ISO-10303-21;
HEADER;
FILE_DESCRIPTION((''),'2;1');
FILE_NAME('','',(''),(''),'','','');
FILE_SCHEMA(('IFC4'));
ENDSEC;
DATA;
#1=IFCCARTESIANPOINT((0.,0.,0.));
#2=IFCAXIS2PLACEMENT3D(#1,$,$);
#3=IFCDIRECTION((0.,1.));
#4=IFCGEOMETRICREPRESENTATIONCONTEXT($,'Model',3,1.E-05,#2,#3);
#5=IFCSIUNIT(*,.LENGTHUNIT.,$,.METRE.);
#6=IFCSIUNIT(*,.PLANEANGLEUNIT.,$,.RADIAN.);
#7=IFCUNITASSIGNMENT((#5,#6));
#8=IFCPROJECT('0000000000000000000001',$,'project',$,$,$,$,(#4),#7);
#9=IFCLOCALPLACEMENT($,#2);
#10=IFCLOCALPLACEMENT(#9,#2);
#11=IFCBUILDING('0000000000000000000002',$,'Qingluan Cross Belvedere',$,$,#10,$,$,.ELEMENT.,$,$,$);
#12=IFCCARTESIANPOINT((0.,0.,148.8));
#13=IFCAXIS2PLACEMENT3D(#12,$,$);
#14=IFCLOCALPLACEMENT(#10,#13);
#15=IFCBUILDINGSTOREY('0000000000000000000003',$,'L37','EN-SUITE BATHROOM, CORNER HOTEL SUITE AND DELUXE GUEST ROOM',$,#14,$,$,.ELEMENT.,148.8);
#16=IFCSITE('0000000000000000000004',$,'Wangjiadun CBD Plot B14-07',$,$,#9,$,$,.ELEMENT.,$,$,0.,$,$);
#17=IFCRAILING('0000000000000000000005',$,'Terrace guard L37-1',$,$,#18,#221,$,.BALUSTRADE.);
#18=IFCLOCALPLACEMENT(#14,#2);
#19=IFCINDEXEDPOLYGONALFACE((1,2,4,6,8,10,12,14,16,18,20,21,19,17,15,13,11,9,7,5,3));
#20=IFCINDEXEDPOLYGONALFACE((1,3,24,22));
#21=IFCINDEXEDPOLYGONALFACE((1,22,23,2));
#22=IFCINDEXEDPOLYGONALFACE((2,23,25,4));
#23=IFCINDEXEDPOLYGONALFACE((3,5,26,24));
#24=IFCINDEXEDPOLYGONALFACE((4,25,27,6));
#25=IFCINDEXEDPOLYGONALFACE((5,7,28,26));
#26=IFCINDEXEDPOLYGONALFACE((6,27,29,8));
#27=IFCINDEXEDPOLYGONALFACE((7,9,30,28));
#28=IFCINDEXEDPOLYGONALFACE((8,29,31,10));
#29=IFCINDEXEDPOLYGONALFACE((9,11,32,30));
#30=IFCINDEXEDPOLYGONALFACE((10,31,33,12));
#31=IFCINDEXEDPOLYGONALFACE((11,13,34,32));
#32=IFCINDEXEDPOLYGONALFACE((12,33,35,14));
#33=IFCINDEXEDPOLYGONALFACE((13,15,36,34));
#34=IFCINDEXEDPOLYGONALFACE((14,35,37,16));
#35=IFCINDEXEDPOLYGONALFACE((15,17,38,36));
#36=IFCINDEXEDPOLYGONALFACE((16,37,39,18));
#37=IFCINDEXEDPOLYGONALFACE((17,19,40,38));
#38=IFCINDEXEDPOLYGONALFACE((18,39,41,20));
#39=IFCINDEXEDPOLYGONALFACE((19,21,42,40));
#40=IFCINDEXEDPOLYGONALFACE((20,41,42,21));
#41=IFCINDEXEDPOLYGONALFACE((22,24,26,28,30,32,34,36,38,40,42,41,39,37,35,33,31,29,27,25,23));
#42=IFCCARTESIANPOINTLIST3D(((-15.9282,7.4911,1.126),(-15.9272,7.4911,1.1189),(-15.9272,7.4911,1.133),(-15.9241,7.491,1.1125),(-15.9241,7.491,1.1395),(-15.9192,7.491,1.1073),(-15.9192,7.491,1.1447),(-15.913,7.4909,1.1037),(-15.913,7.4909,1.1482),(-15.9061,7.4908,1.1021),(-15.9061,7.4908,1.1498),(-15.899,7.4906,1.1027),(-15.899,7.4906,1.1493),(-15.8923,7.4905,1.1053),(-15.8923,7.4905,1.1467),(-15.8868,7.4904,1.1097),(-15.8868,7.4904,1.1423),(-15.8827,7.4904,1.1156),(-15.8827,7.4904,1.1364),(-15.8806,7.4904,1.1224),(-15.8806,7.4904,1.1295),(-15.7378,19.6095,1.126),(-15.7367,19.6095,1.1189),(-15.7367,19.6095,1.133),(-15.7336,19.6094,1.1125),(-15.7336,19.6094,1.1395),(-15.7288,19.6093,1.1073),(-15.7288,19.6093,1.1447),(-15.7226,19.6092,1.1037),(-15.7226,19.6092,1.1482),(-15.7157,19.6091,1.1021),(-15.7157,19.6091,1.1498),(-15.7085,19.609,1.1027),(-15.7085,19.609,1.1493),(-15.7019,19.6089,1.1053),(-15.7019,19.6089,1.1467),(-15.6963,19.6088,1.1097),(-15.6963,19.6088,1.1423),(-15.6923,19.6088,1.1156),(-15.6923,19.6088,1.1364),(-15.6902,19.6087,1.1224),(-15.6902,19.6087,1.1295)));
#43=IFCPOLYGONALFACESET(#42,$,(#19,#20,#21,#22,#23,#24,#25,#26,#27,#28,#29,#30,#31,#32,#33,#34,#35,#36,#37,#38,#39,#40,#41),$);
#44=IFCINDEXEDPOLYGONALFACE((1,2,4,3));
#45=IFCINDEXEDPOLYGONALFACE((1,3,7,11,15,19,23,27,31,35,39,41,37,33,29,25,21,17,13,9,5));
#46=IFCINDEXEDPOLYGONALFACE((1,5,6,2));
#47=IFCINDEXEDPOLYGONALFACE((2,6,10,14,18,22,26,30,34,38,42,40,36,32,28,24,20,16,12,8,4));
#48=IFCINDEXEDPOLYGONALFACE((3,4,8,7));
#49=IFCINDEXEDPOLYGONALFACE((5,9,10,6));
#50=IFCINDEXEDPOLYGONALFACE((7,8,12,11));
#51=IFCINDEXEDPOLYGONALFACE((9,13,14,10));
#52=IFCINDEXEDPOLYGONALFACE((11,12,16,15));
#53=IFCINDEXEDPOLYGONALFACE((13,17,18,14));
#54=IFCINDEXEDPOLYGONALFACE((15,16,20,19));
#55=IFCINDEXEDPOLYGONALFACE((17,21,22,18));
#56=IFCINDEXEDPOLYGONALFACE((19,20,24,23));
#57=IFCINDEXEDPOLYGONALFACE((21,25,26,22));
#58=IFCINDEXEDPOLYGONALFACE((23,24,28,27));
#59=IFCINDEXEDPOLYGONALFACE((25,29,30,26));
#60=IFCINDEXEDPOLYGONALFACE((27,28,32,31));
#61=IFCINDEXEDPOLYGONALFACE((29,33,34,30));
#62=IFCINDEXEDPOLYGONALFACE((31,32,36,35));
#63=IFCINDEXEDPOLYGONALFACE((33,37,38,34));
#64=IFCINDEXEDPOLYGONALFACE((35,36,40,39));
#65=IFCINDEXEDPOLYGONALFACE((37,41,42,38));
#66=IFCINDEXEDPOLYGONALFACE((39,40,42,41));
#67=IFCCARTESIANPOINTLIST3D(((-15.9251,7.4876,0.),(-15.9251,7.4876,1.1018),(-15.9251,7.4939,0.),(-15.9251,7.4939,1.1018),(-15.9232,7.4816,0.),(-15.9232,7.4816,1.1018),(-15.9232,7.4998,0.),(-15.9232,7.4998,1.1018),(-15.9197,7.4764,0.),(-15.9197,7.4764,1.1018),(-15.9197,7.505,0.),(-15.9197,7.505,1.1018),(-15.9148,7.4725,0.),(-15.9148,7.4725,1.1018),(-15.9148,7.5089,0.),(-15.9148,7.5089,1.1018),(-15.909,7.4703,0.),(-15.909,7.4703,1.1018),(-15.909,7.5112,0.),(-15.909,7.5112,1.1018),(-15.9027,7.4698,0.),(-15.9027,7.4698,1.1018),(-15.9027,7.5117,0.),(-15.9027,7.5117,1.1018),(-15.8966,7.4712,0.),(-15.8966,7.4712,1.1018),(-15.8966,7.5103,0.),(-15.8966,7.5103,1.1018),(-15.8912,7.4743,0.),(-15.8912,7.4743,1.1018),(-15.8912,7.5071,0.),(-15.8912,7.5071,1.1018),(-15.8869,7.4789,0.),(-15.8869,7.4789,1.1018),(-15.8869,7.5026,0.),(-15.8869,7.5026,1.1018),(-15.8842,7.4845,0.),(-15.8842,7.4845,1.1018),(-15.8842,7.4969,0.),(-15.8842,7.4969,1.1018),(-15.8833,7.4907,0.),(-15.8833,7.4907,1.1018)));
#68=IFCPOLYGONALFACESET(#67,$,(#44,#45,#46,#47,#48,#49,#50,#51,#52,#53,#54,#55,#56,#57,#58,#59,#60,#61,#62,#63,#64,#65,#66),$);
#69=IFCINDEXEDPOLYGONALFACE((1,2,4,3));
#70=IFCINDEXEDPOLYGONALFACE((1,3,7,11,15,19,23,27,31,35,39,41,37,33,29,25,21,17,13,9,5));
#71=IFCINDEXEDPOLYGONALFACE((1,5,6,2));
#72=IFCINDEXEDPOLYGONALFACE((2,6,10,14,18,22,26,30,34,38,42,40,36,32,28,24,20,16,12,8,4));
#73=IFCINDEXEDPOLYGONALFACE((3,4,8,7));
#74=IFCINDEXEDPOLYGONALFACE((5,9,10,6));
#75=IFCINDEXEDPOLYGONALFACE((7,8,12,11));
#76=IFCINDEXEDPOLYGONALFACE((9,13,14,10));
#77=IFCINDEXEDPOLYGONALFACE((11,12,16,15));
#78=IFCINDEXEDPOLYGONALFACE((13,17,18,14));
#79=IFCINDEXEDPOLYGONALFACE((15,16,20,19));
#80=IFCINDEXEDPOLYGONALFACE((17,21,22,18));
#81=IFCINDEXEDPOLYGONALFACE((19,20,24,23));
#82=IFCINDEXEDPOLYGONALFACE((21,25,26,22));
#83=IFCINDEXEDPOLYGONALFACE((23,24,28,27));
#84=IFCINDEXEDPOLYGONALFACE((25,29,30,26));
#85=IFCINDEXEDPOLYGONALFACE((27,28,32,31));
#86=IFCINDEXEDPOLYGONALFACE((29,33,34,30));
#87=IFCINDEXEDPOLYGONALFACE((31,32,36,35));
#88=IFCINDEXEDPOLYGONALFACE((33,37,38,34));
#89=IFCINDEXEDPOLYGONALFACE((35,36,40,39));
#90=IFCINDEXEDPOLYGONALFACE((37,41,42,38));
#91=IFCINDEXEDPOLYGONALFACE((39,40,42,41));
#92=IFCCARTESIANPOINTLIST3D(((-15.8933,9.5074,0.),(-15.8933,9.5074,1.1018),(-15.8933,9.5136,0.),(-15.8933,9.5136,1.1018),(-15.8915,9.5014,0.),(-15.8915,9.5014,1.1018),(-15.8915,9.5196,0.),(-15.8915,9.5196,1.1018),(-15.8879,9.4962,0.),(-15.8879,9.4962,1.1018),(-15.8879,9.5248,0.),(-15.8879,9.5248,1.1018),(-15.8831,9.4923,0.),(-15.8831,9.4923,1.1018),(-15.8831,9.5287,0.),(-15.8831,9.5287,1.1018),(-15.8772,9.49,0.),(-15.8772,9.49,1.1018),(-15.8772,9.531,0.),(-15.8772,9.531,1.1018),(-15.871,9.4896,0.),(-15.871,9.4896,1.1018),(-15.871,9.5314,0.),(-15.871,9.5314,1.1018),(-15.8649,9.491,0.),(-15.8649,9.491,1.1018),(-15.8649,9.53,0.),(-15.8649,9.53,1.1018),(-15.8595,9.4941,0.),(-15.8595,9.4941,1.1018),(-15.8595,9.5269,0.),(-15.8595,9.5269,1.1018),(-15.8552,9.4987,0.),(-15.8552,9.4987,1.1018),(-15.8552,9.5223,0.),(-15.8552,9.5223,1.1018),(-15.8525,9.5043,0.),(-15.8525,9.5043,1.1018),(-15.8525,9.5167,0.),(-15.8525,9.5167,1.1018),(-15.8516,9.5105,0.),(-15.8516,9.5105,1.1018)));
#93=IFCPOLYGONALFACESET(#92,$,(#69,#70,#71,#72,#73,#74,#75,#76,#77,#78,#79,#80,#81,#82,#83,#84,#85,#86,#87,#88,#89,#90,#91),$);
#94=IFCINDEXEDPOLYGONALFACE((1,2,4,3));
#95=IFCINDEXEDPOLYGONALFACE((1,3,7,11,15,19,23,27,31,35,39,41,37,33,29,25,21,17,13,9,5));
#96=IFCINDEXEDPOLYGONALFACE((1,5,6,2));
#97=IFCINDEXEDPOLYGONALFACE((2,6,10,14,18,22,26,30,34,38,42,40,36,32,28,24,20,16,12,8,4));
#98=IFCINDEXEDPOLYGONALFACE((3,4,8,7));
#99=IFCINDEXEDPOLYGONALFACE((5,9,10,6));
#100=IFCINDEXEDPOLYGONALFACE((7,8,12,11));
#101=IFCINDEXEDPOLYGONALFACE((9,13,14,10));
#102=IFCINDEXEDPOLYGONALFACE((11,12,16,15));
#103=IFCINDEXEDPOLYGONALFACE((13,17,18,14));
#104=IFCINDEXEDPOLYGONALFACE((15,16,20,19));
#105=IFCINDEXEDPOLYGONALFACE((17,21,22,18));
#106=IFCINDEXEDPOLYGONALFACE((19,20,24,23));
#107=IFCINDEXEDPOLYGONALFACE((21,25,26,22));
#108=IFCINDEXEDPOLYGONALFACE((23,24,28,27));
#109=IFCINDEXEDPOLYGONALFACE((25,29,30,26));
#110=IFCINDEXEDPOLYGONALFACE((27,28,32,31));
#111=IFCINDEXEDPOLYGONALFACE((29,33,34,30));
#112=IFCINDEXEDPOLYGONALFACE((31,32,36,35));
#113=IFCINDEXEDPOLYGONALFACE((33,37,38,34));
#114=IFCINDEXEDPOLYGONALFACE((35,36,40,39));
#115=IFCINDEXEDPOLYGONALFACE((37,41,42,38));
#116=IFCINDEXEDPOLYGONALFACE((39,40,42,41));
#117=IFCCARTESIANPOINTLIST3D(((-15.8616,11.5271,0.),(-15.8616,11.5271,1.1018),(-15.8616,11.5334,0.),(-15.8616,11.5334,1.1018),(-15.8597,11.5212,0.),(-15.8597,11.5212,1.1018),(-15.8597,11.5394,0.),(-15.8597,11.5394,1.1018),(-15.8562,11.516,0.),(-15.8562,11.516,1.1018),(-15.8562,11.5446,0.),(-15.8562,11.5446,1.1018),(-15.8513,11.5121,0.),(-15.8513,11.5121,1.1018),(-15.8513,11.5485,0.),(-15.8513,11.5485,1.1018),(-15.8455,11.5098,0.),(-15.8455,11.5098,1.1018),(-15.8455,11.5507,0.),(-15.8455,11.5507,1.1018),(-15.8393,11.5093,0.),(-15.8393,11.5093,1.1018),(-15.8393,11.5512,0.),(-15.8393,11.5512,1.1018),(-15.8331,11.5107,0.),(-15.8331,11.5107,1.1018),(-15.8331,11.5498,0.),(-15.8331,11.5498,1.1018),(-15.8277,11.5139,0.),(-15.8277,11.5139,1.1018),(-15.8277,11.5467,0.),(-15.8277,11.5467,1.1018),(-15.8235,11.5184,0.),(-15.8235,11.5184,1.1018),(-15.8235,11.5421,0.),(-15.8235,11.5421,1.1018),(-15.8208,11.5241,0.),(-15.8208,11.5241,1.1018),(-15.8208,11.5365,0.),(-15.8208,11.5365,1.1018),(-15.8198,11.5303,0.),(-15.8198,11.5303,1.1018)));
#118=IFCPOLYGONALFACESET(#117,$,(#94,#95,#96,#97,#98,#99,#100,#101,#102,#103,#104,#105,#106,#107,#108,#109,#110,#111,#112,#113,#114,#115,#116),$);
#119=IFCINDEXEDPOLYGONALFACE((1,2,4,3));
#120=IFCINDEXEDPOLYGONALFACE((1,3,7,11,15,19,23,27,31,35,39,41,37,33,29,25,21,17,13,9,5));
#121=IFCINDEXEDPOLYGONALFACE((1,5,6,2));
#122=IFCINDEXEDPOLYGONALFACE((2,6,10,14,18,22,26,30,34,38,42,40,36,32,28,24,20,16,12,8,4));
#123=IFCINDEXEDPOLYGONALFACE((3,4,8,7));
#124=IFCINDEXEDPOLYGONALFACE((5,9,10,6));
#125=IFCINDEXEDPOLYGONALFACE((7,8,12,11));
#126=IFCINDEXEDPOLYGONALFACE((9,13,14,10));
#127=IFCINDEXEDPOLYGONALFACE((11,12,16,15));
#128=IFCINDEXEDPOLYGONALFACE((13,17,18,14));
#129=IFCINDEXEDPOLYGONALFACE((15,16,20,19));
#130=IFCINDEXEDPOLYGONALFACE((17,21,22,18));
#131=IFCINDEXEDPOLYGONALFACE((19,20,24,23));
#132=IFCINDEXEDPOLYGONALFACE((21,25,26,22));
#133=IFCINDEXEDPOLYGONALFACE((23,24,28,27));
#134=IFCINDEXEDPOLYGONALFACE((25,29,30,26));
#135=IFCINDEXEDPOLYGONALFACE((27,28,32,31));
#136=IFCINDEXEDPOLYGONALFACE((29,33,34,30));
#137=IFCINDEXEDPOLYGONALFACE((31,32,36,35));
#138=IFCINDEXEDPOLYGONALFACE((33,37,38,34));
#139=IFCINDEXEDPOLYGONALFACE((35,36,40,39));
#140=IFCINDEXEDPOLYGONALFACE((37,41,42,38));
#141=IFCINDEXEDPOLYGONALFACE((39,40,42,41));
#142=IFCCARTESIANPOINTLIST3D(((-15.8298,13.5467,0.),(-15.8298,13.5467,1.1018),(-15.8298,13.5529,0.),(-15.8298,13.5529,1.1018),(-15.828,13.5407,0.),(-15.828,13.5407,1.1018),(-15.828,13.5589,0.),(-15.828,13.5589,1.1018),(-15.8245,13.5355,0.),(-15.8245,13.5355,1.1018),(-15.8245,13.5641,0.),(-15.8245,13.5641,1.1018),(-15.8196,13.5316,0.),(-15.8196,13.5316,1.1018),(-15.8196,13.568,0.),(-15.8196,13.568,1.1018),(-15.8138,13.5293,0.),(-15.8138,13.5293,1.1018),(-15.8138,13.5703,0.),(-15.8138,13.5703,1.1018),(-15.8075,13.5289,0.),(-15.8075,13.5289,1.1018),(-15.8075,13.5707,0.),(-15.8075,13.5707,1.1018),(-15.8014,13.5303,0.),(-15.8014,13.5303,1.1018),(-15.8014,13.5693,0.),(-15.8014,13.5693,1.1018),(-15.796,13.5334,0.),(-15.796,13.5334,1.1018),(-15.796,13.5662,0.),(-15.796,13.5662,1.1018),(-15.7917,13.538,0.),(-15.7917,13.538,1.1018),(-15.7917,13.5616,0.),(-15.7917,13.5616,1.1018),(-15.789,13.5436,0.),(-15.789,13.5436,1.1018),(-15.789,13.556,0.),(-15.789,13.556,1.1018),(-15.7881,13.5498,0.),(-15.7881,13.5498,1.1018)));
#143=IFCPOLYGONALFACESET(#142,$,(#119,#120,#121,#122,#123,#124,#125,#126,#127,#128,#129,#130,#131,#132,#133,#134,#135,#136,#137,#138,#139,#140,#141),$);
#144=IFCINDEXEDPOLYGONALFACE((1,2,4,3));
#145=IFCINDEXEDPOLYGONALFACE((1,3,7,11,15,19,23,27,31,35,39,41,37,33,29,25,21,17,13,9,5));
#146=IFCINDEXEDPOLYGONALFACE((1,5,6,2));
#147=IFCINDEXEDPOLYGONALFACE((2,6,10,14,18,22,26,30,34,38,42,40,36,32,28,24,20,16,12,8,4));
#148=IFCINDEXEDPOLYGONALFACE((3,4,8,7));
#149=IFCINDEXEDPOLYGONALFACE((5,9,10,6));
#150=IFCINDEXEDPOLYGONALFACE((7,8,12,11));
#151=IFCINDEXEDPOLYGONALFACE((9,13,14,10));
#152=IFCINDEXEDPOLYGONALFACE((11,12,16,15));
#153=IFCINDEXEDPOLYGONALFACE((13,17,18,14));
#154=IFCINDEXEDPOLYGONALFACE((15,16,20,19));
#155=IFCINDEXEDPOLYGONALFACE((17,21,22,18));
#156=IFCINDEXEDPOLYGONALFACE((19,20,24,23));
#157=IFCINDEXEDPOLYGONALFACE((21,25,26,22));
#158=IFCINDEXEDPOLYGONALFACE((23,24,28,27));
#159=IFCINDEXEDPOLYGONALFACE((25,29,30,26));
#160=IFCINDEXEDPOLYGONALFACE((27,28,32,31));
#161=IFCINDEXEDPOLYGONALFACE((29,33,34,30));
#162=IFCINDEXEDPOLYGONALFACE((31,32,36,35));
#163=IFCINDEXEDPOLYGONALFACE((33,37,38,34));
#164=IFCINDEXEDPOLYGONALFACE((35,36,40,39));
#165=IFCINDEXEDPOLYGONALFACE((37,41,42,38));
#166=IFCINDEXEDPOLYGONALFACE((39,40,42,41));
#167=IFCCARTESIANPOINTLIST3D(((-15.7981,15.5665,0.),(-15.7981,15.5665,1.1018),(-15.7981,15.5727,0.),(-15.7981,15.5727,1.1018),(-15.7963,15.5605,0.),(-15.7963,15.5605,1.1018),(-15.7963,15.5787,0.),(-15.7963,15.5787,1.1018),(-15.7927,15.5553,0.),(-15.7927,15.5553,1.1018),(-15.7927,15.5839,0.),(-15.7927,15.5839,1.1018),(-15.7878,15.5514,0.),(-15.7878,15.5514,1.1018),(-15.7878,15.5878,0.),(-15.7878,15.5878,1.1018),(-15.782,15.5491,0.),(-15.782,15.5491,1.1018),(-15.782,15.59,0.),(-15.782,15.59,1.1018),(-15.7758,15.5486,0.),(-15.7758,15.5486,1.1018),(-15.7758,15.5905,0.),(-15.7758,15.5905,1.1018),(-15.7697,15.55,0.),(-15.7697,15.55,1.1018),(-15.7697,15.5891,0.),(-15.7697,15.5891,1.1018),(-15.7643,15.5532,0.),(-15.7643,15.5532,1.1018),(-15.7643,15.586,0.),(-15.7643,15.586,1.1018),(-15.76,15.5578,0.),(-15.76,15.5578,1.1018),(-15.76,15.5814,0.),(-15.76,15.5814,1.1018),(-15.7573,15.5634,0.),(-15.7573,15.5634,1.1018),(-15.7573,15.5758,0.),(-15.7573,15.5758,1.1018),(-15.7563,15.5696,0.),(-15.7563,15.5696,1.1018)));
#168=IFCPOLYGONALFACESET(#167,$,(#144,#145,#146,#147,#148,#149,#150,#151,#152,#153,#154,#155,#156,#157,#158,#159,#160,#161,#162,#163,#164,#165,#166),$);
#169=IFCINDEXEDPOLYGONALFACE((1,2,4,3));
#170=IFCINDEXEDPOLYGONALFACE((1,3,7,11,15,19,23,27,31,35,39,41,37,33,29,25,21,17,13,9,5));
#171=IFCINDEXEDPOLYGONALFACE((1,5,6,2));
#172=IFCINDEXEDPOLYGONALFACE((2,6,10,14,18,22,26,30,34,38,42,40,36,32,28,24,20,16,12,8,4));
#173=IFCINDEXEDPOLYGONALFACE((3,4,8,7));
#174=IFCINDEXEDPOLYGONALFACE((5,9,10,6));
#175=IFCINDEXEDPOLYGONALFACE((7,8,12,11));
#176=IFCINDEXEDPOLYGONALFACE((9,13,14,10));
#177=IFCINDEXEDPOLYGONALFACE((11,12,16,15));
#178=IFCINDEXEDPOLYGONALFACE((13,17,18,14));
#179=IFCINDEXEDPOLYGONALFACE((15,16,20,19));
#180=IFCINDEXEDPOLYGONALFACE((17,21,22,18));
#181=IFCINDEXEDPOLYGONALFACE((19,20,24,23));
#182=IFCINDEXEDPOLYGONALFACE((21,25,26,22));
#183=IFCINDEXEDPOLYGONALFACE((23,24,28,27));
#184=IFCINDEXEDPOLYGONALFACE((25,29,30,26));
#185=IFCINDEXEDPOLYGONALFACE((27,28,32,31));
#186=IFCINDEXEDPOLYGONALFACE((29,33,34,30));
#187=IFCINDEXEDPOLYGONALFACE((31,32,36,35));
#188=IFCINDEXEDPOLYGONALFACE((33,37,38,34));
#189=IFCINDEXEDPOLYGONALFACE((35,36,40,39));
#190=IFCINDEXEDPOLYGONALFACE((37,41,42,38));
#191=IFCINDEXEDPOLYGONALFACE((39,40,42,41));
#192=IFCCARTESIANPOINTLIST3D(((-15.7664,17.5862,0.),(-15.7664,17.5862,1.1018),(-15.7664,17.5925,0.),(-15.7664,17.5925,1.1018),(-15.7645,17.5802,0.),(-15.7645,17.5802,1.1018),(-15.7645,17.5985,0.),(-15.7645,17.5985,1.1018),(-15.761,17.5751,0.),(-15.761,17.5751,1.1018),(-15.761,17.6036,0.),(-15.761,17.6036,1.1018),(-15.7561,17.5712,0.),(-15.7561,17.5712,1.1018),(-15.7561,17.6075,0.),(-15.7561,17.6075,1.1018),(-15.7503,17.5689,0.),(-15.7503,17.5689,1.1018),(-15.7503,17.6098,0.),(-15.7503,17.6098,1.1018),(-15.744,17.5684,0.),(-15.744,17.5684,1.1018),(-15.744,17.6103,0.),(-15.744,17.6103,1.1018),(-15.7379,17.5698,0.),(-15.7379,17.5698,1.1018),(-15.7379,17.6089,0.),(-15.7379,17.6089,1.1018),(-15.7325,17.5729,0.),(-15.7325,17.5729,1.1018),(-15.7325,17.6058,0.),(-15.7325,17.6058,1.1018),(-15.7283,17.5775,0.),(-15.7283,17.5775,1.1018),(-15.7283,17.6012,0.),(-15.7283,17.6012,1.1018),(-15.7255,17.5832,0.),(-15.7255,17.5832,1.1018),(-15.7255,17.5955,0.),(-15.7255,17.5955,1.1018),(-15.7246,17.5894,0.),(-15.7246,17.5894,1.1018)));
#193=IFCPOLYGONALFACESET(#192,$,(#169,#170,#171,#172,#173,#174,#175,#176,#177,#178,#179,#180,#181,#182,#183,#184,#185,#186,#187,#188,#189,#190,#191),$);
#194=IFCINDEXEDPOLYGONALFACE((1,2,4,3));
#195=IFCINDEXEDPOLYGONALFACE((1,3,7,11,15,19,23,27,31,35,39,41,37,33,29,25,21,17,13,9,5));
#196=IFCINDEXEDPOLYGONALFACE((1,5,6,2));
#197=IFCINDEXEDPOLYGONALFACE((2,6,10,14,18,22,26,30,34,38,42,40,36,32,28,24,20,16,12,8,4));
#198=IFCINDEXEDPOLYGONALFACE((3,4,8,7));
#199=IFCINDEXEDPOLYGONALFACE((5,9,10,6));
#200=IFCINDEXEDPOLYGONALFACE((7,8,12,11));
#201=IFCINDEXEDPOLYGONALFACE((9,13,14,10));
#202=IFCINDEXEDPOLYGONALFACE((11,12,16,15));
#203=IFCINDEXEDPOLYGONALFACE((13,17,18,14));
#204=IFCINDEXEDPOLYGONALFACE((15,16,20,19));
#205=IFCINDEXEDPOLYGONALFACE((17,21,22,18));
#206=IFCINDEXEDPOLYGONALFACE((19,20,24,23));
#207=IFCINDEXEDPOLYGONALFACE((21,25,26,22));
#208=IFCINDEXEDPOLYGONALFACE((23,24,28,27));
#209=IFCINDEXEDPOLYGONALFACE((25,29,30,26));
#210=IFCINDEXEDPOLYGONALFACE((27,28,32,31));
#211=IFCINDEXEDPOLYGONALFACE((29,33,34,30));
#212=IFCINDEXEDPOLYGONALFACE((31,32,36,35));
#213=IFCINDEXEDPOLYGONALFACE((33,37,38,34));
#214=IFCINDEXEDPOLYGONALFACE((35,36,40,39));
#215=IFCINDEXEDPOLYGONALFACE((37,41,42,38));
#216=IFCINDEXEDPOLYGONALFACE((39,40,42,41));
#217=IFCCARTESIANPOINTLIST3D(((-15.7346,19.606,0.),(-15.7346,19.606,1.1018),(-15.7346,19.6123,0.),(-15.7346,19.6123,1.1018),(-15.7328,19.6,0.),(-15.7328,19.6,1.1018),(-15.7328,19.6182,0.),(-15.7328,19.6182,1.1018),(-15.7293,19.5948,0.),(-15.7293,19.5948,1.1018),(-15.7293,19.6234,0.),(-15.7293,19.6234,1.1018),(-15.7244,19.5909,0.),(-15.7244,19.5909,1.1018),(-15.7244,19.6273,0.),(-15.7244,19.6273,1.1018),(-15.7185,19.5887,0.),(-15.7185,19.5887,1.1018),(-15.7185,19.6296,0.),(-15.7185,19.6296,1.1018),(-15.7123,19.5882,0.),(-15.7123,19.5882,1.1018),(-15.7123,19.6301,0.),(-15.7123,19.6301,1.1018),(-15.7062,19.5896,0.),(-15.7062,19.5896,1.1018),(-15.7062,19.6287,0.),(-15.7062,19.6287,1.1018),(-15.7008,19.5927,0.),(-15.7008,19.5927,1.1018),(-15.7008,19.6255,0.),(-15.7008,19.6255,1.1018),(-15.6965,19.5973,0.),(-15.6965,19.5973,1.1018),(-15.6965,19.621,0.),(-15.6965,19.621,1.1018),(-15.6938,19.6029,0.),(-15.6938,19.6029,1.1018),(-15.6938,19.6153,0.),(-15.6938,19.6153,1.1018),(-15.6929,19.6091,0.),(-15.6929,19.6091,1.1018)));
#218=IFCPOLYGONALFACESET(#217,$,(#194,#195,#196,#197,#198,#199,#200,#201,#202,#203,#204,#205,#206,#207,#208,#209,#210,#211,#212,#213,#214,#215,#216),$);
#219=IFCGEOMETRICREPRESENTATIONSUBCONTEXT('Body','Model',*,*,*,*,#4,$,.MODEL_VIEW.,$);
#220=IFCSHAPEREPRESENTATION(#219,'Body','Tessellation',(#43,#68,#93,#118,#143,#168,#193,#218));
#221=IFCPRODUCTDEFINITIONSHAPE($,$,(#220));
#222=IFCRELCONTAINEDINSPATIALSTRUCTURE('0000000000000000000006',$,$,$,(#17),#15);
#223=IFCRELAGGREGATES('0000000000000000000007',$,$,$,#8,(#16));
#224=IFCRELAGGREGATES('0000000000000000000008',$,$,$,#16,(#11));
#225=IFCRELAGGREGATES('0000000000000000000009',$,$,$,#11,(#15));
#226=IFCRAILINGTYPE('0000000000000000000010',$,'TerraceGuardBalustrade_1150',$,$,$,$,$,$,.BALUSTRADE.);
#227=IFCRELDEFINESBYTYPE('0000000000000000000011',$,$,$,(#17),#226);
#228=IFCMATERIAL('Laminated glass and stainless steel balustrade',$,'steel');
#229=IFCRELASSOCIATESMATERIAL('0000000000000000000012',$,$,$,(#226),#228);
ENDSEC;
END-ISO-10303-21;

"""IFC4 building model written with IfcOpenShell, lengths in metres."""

from ifc_helpers import new_model, si_unit, direction, frame, origin, origin_2d, place, context, subcontext, project, spatial, circle, extrude, material, type_object, element, save


model = new_model("IFC4")

# Units and contexts
model_context = context("Model", 3, precision=1e-05, world=origin(), true_north=direction((0.0, 1.0)))
body_context = subcontext(model_context, "Body", "Model", "MODEL_VIEW")
ifc_project = project(units=[si_unit("LENGTHUNIT", "METRE"), si_unit("PLANEANGLEUNIT", "RADIAN")], contexts=[model_context])

# Site, building, storey
site_placement = place(None, origin())
site = spatial("IfcSite", under=ifc_project, at=site_placement, Name="Wangjiadun CBD Plot B14-07", CompositionType="ELEMENT", RefElevation=0.0)
building_placement = place(site_placement, origin())
building = spatial("IfcBuilding", under=site, at=building_placement, Name="Qingluan Cross Belvedere", CompositionType="ELEMENT")
storey_placement = place(building_placement, frame((0.0, 0.0, 148.8)))
storey = spatial("IfcBuildingStorey", under=building, at=storey_placement, Name="L37", Description="EN-SUITE BATHROOM, CORNER HOTEL SUITE AND DELUXE GUEST ROOM", CompositionType="ELEMENT", Elevation=148.8)

# Railing
ifc_material_1 = material(Name="Laminated glass and stainless steel balustrade", Category="steel")
railing_type_1 = type_object("IfcRailingType", Name="TerraceGuardBalustrade_1150", PredefinedType="BALUSTRADE", material=ifc_material_1)
railing_1_placement = place(storey_placement, frame((-15.9043, 7.4907, 0.0)))
element("IfcRailing", 1, at=railing_1_placement, inside=storey, type_object=railing_type_1, Name="Terrace guard L37-1", PredefinedType="BALUSTRADE", context=body_context, shape_type="SweptSolid", body=[
    extrude(circle(Radius=0.0239, at=origin_2d()), frame((0.0, 0.0, 1.126), z_axis=(0.015712, 0.999877, 0.0), x_axis=(-0.999877, 0.015712, 0.0)), (0.0, 0.0, 1.0), 12.1199),
    extrude(circle(Radius=0.021, at=origin_2d()), origin(), (0.0, 0.0, 1.0), 1.1018),
    extrude(circle(Radius=0.021, at=origin_2d()), frame((0.0317, 2.0198, 0.0)), (0.0, 0.0, 1.0), 1.1018),
    extrude(circle(Radius=0.021, at=origin_2d()), frame((0.0635, 4.0396, 0.0)), (0.0, 0.0, 1.0), 1.1018),
    extrude(circle(Radius=0.021, at=origin_2d()), frame((0.0952, 6.0591, 0.0)), (0.0, 0.0, 1.0), 1.1018),
    extrude(circle(Radius=0.021, at=origin_2d()), frame((0.127, 8.0789, 0.0)), (0.0, 0.0, 1.0), 1.1018),
    extrude(circle(Radius=0.021, at=origin_2d()), frame((0.1587, 10.0986, 0.0)), (0.0, 0.0, 1.0), 1.1018),
    extrude(circle(Radius=0.021, at=origin_2d()), frame((0.1904, 12.1184, 0.0)), (0.0, 0.0, 1.0), 1.1018),
])

save(model, "model.ifc")
